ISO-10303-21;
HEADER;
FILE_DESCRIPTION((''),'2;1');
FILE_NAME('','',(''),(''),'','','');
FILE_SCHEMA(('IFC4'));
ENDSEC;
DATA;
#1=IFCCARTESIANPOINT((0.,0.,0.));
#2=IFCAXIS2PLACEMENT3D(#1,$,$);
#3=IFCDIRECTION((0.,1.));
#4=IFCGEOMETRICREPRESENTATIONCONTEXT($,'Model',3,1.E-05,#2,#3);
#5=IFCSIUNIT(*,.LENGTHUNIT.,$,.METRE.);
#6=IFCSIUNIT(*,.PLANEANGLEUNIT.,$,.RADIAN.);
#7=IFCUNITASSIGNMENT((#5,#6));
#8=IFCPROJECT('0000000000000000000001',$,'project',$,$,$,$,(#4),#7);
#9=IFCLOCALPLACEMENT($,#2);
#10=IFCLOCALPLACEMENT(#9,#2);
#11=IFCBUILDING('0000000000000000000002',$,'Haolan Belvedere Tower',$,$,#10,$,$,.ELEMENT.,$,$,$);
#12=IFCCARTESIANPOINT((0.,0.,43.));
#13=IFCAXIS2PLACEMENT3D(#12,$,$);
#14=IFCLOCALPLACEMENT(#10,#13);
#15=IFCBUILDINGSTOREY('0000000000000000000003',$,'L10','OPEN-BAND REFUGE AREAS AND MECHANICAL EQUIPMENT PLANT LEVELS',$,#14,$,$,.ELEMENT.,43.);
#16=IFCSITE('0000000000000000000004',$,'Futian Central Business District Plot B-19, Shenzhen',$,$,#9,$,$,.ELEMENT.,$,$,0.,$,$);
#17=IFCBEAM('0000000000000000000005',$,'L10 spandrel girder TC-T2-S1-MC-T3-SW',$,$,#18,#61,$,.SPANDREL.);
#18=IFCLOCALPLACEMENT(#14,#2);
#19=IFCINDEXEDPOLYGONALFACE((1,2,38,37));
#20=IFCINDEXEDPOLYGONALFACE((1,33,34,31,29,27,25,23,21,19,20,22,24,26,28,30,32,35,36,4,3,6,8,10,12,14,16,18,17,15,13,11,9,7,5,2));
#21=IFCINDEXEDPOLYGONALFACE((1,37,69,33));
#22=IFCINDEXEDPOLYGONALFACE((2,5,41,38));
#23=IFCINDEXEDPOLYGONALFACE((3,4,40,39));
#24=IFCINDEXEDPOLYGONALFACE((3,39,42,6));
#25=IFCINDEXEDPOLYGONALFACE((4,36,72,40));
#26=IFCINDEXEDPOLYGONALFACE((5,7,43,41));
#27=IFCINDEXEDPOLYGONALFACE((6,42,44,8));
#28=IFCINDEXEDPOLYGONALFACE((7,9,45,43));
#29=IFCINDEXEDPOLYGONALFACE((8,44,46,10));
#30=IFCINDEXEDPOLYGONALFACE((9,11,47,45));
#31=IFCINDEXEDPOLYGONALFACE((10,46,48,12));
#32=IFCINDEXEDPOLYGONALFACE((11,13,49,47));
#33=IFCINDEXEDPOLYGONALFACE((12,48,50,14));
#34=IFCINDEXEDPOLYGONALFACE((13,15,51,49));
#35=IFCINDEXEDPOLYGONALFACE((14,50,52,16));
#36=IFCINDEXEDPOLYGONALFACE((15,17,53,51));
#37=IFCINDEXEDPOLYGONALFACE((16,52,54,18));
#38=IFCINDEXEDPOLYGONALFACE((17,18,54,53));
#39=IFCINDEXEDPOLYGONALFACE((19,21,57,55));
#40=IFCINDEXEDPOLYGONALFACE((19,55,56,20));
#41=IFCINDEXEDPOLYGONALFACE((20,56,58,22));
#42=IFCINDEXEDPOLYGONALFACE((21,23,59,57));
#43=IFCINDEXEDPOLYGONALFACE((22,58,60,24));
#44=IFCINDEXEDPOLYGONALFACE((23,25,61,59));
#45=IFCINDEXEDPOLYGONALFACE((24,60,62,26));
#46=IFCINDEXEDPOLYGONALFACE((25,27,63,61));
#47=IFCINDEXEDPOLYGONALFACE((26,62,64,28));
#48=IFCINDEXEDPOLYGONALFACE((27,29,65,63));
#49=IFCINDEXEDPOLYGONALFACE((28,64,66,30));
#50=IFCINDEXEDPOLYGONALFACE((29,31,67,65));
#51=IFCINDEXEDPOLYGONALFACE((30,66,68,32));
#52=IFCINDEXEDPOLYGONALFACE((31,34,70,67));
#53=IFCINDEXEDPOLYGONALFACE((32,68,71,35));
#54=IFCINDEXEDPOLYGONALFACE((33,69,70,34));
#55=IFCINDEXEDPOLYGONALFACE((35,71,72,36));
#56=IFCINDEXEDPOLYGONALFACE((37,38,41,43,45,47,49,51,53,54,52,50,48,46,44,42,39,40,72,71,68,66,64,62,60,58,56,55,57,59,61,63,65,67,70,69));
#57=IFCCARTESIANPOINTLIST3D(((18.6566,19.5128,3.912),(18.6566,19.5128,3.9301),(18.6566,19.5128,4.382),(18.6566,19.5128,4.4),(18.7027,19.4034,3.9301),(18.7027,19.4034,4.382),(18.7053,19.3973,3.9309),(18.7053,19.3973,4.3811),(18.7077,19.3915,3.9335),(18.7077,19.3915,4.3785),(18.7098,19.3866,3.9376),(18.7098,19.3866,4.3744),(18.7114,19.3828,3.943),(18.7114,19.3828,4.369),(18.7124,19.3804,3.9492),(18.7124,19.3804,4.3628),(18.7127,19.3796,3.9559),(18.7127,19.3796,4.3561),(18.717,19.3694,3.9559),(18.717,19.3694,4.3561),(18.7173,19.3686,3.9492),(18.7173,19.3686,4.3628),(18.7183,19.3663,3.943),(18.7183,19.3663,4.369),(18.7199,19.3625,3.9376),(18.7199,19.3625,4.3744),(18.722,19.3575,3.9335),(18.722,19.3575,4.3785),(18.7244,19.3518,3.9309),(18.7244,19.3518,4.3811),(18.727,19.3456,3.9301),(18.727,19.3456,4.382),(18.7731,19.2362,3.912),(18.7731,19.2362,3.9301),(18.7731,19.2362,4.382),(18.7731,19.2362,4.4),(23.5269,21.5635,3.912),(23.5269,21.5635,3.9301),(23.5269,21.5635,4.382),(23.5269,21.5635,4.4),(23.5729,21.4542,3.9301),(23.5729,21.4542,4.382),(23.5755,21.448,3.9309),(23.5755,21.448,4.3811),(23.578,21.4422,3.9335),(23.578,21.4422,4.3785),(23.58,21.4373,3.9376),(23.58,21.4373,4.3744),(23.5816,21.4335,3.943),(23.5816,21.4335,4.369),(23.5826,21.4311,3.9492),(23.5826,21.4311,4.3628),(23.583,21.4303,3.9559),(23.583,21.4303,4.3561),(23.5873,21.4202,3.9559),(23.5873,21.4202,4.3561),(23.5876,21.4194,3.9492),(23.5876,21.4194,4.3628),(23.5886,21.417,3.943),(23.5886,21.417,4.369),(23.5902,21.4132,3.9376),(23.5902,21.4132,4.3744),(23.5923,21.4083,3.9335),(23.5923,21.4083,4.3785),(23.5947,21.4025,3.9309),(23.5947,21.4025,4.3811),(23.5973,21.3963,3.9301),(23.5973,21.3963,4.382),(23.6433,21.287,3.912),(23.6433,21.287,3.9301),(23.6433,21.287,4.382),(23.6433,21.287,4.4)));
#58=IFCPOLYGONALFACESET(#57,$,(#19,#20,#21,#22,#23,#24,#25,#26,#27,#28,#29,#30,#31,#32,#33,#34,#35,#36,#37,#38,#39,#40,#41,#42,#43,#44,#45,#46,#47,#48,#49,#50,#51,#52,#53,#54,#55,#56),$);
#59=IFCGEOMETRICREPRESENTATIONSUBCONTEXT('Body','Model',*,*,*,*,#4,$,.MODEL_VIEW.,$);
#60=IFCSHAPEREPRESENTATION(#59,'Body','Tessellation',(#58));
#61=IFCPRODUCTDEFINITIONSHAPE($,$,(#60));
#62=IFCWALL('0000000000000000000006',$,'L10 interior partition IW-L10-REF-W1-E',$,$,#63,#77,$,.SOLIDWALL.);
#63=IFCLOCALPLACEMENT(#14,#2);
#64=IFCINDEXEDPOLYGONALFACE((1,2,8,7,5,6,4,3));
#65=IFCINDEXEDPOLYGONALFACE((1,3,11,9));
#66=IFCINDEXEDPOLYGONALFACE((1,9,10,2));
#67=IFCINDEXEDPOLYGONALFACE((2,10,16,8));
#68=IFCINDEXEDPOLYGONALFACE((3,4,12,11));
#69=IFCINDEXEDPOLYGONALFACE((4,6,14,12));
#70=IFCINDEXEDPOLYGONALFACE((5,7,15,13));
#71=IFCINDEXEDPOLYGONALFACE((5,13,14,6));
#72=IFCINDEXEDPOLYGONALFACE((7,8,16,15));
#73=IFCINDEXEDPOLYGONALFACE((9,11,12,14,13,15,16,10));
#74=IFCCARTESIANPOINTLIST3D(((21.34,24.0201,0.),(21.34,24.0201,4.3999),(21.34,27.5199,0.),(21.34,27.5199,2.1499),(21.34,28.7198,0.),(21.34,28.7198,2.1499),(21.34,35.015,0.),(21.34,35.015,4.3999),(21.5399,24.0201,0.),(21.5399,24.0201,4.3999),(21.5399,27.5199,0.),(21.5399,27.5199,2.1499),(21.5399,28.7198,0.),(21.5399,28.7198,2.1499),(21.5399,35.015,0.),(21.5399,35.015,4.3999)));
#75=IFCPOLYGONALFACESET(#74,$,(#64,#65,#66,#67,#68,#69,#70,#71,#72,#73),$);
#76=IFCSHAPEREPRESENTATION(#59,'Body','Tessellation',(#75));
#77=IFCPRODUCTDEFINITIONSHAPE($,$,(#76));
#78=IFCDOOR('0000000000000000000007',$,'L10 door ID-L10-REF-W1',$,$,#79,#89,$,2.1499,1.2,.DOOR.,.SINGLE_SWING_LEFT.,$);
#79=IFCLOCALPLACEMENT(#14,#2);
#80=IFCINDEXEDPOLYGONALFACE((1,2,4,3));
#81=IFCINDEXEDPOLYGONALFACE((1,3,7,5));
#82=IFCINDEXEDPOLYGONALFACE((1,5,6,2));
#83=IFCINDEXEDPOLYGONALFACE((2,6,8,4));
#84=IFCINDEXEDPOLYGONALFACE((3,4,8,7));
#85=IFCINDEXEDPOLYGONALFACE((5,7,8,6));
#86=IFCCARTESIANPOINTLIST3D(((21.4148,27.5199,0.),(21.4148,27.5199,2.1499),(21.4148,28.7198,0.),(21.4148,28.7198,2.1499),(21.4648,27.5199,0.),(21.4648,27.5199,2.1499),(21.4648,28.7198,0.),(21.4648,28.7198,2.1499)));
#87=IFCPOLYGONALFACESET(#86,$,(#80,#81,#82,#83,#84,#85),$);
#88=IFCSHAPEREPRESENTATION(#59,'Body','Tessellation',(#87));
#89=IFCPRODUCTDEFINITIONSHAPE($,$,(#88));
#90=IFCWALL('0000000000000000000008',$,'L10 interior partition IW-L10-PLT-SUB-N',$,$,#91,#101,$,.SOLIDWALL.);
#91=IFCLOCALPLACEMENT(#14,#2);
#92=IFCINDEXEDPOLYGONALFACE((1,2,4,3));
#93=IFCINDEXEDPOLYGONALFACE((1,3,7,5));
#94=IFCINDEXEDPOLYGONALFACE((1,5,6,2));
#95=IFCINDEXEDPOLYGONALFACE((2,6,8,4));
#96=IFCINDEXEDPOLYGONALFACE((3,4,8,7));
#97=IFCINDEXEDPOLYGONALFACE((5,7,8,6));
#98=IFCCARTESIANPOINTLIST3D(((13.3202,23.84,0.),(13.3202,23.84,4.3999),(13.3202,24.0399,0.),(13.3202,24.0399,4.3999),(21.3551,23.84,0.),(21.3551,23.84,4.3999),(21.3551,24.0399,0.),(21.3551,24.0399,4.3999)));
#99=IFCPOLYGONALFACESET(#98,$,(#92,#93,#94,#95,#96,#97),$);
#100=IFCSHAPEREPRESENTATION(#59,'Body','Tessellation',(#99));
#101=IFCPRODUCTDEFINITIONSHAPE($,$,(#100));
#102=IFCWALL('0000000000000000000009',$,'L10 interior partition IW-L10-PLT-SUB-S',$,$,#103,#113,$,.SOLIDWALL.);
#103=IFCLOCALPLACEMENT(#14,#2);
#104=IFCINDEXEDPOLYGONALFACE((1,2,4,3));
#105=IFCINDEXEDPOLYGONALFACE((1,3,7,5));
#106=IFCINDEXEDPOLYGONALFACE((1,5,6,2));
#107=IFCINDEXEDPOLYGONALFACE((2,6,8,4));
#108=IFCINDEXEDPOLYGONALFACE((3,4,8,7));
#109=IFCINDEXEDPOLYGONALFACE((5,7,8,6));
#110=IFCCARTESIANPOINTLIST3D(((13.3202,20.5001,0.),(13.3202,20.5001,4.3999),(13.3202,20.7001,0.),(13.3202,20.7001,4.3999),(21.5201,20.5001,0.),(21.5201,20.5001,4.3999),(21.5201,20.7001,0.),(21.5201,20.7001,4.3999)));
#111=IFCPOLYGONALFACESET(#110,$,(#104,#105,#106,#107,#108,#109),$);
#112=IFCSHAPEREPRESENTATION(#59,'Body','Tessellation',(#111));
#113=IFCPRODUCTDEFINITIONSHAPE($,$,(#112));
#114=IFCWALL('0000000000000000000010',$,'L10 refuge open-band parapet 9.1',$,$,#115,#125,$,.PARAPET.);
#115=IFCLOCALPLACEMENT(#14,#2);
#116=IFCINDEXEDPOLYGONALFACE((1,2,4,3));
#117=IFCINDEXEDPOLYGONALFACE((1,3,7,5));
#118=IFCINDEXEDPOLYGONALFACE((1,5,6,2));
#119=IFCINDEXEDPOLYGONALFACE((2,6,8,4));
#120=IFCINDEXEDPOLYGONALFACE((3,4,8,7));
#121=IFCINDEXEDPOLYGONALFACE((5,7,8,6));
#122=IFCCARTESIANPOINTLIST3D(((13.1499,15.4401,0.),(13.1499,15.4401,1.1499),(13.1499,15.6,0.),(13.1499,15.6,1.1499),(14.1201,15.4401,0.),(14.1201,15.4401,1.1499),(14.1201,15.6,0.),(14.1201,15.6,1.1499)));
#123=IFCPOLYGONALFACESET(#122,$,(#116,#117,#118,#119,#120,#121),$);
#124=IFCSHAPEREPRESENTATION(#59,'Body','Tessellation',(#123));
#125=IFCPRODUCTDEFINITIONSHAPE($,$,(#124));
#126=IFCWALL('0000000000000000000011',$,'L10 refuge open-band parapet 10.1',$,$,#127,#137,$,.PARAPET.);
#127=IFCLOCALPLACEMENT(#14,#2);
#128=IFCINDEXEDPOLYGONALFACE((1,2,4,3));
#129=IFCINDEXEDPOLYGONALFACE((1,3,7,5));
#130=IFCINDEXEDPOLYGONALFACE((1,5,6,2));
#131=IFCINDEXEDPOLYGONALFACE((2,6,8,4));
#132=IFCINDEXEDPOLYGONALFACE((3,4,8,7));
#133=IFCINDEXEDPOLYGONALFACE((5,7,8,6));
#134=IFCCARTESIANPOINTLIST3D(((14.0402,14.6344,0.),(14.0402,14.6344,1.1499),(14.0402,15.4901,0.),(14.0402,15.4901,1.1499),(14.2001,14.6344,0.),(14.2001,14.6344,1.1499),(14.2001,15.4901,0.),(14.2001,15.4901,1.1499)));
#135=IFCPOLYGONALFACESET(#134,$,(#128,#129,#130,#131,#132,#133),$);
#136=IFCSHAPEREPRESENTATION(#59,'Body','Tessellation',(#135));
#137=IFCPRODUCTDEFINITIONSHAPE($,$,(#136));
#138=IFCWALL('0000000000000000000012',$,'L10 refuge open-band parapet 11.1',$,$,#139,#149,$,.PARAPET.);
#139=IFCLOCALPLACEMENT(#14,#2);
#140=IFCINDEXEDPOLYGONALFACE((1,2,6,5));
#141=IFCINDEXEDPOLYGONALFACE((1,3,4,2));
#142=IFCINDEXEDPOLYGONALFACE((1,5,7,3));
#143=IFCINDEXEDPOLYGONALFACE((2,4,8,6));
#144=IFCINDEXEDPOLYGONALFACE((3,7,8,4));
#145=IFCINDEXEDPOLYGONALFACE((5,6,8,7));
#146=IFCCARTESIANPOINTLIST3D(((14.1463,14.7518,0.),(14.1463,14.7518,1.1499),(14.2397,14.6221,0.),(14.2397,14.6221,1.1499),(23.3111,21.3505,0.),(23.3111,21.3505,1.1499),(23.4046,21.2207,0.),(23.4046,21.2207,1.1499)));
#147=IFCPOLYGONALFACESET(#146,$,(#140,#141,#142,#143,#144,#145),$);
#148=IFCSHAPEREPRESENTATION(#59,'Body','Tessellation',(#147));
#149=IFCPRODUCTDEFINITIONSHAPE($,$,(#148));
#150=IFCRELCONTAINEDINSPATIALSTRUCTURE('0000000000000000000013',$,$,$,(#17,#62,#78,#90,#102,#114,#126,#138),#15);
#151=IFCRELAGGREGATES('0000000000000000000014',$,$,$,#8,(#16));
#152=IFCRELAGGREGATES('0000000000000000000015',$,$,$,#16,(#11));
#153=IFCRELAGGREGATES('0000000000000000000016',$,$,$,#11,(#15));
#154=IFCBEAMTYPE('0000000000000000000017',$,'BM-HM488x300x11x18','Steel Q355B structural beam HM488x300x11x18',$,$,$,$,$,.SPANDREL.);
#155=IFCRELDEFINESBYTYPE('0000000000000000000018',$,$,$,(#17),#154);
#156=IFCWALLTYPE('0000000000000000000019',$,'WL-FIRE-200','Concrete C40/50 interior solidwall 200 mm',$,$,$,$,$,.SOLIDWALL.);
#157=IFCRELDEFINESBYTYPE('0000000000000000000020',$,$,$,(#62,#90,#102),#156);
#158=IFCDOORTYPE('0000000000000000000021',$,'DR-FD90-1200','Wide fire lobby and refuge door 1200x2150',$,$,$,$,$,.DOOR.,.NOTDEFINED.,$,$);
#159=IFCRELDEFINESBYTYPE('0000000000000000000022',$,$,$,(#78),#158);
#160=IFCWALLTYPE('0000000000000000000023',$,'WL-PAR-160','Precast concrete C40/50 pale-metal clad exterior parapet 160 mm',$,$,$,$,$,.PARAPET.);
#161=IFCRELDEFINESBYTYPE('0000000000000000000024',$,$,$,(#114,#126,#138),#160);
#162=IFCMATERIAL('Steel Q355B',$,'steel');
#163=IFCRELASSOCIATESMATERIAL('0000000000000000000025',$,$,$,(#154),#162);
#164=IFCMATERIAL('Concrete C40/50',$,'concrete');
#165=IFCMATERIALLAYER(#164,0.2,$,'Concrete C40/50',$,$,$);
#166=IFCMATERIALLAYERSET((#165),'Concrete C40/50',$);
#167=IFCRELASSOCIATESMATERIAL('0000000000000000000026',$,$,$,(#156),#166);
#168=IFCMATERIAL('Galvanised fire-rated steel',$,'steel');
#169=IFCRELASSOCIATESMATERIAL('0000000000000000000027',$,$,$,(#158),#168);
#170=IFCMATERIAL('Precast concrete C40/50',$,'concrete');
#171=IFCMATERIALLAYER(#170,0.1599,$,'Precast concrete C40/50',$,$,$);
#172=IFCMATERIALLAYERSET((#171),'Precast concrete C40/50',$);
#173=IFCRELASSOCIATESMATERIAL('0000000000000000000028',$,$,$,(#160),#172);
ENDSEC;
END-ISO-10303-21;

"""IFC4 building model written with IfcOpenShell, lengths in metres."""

from ifc_helpers import new_model, si_unit, direction, frame, frame_2d, origin, origin_2d, place, context, subcontext, project, spatial, rectangle, i_section, extrude, material, layer, layer_set, material_profile, profile_set, type_object, element, fill, save


model = new_model("IFC4")

# Units and contexts
model_context = context("Model", 3, precision=1e-05, world=origin(), true_north=direction((0.0, 1.0)))
body_context = subcontext(model_context, "Body", "Model", "MODEL_VIEW")
ifc_project = project(units=[si_unit("LENGTHUNIT", "METRE"), si_unit("PLANEANGLEUNIT", "RADIAN")], contexts=[model_context])

# Site, building, storey
site_placement = place(None, origin())
site = spatial("IfcSite", under=ifc_project, at=site_placement, Name="Futian Central Business District Plot B-19, Shenzhen", CompositionType="ELEMENT", RefElevation=0.0)
building_placement = place(site_placement, origin())
building = spatial("IfcBuilding", under=site, at=building_placement, Name="Haolan Belvedere Tower", CompositionType="ELEMENT")
storey_placement = place(building_placement, frame((0.0, 0.0, 43.0)))
storey = spatial("IfcBuildingStorey", under=building, at=storey_placement, Name="L10", Description="OPEN-BAND REFUGE AREAS AND MECHANICAL EQUIPMENT PLANT LEVELS", CompositionType="ELEMENT", Elevation=43.0)

# Shared definitions
ifc_material_1 = material(Name="Steel Q355B", Category="steel")

# Beam
ifc_material_profile_1 = material_profile(ifc_material_1, i_section(OverallWidth=0.3, OverallDepth=0.488, WebThickness=0.011, FlangeThickness=0.0181, FilletRadius=0.0259, at=origin_2d()), Name="Steel Q355B")
ifc_profile_set_1 = profile_set([ifc_material_profile_1], Name="Steel Q355B")
beam_type = type_object("IfcBeamType", Name="BM-HM488x300x11x18", Description="Steel Q355B structural beam HM488x300x11x18", PredefinedType="SPANDREL", material=ifc_profile_set_1)
beam_1_placement = place(storey_placement, frame((18.7148, 19.3745, 4.156), z_axis=(0.921628, 0.388074, 0.0), x_axis=(-0.388074, 0.921628, 0.0)))
element("IfcBeam", 1, at=beam_1_placement, inside=storey, type_object=beam_type, Name="L10 spandrel girder TC-T2-S1-MC-T3-SW", PredefinedType="SPANDREL", context=body_context, shape_type="SweptSolid", body=[
    extrude(i_section(OverallWidth=0.3, OverallDepth=0.488, WebThickness=0.011, FlangeThickness=0.0181, FilletRadius=0.0259, at=origin_2d()), origin(), (0.0, 0.0, 1.0), 5.2844),
])

# Wall, opening, door
ifc_material_2 = material(Name="Concrete C40/50", Category="concrete")
ifc_layer_1 = layer(ifc_material_2, 0.2, Name="Concrete C40/50")
ifc_layer_set_1 = layer_set([ifc_layer_1], Name="Concrete C40/50")
wall_type_1 = type_object("IfcWallType", Name="WL-FIRE-200", Description="Concrete C40/50 interior solidwall 200 mm", PredefinedType="SOLIDWALL", material=ifc_layer_set_1)
wall_1_placement = place(storey_placement, frame((21.4399, 24.02, 0.0), z_axis=(0.0, 0.0, 1.0), x_axis=(0.0, 1.0, 0.0)))
wall_1 = element("IfcWall", 2, at=wall_1_placement, inside=storey, type_object=wall_type_1, Name="L10 interior partition IW-L10-REF-W1-E", PredefinedType="SOLIDWALL", context=body_context, shape_type="SweptSolid", body=[
    extrude(rectangle(XDim=10.9949, YDim=0.2, at=frame_2d((5.4976, 0.0))), origin(), (0.0, 0.0, 1.0), 4.3999),
])
opening_1_placement = place(wall_1_placement, frame((4.7, 0.0, 0.0), z_axis=(0.0, 0.0, 1.0), x_axis=(-1.0, 0.0, 0.0)))
opening_1 = element("IfcOpeningElement", 3, at=opening_1_placement, cuts=wall_1, PredefinedType="OPENING", context=body_context, shape_type="SweptSolid", body=[
    extrude(rectangle(XDim=1.2, YDim=2.1499, at=frame_2d((0.6001, 1.075))), frame((0.0, 0.1099, 0.0), z_axis=(0.0, -1.0, 0.0), x_axis=(1.0, 0.0, 0.0)), (0.0, 0.0, 1.0), 0.22),
])
ifc_material_3 = material(Name="Galvanised fire-rated steel", Category="steel")
door_type_1 = type_object("IfcDoorType", Name="DR-FD90-1200", Description="Wide fire lobby and refuge door 1200x2150", OperationType="NOTDEFINED", PredefinedType="DOOR", material=ifc_material_3)
door_1_placement = place(opening_1_placement, origin())
door_1 = element("IfcDoor", 4, at=door_1_placement, inside=storey, type_object=door_type_1, Name="L10 door ID-L10-REF-W1", OperationType="SINGLE_SWING_LEFT", OverallHeight=2.1499, OverallWidth=1.2, PredefinedType="DOOR", context=body_context, shape_type="SweptSolid", body=[
    extrude(rectangle(XDim=1.2, YDim=2.1499, at=frame_2d((0.6001, 1.075))), frame((0.0, 0.0249, 0.0), z_axis=(0.0, -1.0, 0.0), x_axis=(1.0, 0.0, 0.0)), (0.0, 0.0, 1.0), 0.05),
])
fill(opening_1, door_1)

# Walls
wall_2_placement = place(storey_placement, frame((13.3201, 23.9399, 0.0), z_axis=(0.0, 0.0, 1.0), x_axis=(1.0, 0.0, 0.0)))
element("IfcWall", 5, at=wall_2_placement, inside=storey, type_object=wall_type_1, Name="L10 interior partition IW-L10-PLT-SUB-N", PredefinedType="SOLIDWALL", context=body_context, shape_type="SweptSolid", body=[
    extrude(rectangle(XDim=8.0349, YDim=0.2, at=frame_2d((4.0176, 0.0))), origin(), (0.0, 0.0, 1.0), 4.3999),
])
wall_3_placement = place(storey_placement, frame((13.3201, 20.6001, 0.0), z_axis=(0.0, 0.0, 1.0), x_axis=(1.0, 0.0, 0.0)))
element("IfcWall", 6, at=wall_3_placement, inside=storey, type_object=wall_type_1, Name="L10 interior partition IW-L10-PLT-SUB-S", PredefinedType="SOLIDWALL", context=body_context, shape_type="SweptSolid", body=[
    extrude(rectangle(XDim=8.2, YDim=0.2, at=frame_2d((4.1001, 0.0))), origin(), (0.0, 0.0, 1.0), 4.3999),
])

# Walls
ifc_material_4 = material(Name="Precast concrete C40/50", Category="concrete")
ifc_layer_2 = layer(ifc_material_4, 0.1599, Name="Precast concrete C40/50")
ifc_layer_set_2 = layer_set([ifc_layer_2], Name="Precast concrete C40/50")
wall_type_2 = type_object("IfcWallType", Name="WL-PAR-160", Description="Precast concrete C40/50 pale-metal clad exterior parapet 160 mm", PredefinedType="PARAPET", material=ifc_layer_set_2)
wall_4_placement = place(storey_placement, frame((13.1499, 15.52, 0.0), z_axis=(0.0, 0.0, 1.0), x_axis=(1.0, 0.0, 0.0)))
element("IfcWall", 7, at=wall_4_placement, inside=storey, type_object=wall_type_2, Name="L10 refuge open-band parapet 9.1", PredefinedType="PARAPET", context=body_context, shape_type="SweptSolid", body=[
    extrude(rectangle(XDim=0.9702, YDim=0.1599, at=frame_2d((0.4851, 0.0))), origin(), (0.0, 0.0, 1.0), 1.1499),
])
wall_5_placement = place(storey_placement, frame((14.1201, 15.49, 0.0), z_axis=(0.0, 0.0, 1.0), x_axis=(0.0, -1.0, 0.0)))
element("IfcWall", 8, at=wall_5_placement, inside=storey, type_object=wall_type_2, Name="L10 refuge open-band parapet 10.1", PredefinedType="PARAPET", context=body_context, shape_type="SweptSolid", body=[
    extrude(rectangle(XDim=0.8557, YDim=0.1599, at=frame_2d((0.4277, 0.0))), origin(), (0.0, 0.0, 1.0), 1.1499),
])
wall_6_placement = place(storey_placement, frame((14.1931, 14.687, 0.0), z_axis=(0.0, 0.0, 1.0), x_axis=(0.811535, 0.584304, 0.0)))
element("IfcWall", 9, at=wall_6_placement, inside=storey, type_object=wall_type_2, Name="L10 refuge open-band parapet 11.1", PredefinedType="PARAPET", context=body_context, shape_type="SweptSolid", body=[
    extrude(rectangle(XDim=11.2932, YDim=0.1599, at=frame_2d((5.6465, 0.0))), origin(), (0.0, 0.0, 1.0), 1.1499),
])

save(model, "model.ifc")
